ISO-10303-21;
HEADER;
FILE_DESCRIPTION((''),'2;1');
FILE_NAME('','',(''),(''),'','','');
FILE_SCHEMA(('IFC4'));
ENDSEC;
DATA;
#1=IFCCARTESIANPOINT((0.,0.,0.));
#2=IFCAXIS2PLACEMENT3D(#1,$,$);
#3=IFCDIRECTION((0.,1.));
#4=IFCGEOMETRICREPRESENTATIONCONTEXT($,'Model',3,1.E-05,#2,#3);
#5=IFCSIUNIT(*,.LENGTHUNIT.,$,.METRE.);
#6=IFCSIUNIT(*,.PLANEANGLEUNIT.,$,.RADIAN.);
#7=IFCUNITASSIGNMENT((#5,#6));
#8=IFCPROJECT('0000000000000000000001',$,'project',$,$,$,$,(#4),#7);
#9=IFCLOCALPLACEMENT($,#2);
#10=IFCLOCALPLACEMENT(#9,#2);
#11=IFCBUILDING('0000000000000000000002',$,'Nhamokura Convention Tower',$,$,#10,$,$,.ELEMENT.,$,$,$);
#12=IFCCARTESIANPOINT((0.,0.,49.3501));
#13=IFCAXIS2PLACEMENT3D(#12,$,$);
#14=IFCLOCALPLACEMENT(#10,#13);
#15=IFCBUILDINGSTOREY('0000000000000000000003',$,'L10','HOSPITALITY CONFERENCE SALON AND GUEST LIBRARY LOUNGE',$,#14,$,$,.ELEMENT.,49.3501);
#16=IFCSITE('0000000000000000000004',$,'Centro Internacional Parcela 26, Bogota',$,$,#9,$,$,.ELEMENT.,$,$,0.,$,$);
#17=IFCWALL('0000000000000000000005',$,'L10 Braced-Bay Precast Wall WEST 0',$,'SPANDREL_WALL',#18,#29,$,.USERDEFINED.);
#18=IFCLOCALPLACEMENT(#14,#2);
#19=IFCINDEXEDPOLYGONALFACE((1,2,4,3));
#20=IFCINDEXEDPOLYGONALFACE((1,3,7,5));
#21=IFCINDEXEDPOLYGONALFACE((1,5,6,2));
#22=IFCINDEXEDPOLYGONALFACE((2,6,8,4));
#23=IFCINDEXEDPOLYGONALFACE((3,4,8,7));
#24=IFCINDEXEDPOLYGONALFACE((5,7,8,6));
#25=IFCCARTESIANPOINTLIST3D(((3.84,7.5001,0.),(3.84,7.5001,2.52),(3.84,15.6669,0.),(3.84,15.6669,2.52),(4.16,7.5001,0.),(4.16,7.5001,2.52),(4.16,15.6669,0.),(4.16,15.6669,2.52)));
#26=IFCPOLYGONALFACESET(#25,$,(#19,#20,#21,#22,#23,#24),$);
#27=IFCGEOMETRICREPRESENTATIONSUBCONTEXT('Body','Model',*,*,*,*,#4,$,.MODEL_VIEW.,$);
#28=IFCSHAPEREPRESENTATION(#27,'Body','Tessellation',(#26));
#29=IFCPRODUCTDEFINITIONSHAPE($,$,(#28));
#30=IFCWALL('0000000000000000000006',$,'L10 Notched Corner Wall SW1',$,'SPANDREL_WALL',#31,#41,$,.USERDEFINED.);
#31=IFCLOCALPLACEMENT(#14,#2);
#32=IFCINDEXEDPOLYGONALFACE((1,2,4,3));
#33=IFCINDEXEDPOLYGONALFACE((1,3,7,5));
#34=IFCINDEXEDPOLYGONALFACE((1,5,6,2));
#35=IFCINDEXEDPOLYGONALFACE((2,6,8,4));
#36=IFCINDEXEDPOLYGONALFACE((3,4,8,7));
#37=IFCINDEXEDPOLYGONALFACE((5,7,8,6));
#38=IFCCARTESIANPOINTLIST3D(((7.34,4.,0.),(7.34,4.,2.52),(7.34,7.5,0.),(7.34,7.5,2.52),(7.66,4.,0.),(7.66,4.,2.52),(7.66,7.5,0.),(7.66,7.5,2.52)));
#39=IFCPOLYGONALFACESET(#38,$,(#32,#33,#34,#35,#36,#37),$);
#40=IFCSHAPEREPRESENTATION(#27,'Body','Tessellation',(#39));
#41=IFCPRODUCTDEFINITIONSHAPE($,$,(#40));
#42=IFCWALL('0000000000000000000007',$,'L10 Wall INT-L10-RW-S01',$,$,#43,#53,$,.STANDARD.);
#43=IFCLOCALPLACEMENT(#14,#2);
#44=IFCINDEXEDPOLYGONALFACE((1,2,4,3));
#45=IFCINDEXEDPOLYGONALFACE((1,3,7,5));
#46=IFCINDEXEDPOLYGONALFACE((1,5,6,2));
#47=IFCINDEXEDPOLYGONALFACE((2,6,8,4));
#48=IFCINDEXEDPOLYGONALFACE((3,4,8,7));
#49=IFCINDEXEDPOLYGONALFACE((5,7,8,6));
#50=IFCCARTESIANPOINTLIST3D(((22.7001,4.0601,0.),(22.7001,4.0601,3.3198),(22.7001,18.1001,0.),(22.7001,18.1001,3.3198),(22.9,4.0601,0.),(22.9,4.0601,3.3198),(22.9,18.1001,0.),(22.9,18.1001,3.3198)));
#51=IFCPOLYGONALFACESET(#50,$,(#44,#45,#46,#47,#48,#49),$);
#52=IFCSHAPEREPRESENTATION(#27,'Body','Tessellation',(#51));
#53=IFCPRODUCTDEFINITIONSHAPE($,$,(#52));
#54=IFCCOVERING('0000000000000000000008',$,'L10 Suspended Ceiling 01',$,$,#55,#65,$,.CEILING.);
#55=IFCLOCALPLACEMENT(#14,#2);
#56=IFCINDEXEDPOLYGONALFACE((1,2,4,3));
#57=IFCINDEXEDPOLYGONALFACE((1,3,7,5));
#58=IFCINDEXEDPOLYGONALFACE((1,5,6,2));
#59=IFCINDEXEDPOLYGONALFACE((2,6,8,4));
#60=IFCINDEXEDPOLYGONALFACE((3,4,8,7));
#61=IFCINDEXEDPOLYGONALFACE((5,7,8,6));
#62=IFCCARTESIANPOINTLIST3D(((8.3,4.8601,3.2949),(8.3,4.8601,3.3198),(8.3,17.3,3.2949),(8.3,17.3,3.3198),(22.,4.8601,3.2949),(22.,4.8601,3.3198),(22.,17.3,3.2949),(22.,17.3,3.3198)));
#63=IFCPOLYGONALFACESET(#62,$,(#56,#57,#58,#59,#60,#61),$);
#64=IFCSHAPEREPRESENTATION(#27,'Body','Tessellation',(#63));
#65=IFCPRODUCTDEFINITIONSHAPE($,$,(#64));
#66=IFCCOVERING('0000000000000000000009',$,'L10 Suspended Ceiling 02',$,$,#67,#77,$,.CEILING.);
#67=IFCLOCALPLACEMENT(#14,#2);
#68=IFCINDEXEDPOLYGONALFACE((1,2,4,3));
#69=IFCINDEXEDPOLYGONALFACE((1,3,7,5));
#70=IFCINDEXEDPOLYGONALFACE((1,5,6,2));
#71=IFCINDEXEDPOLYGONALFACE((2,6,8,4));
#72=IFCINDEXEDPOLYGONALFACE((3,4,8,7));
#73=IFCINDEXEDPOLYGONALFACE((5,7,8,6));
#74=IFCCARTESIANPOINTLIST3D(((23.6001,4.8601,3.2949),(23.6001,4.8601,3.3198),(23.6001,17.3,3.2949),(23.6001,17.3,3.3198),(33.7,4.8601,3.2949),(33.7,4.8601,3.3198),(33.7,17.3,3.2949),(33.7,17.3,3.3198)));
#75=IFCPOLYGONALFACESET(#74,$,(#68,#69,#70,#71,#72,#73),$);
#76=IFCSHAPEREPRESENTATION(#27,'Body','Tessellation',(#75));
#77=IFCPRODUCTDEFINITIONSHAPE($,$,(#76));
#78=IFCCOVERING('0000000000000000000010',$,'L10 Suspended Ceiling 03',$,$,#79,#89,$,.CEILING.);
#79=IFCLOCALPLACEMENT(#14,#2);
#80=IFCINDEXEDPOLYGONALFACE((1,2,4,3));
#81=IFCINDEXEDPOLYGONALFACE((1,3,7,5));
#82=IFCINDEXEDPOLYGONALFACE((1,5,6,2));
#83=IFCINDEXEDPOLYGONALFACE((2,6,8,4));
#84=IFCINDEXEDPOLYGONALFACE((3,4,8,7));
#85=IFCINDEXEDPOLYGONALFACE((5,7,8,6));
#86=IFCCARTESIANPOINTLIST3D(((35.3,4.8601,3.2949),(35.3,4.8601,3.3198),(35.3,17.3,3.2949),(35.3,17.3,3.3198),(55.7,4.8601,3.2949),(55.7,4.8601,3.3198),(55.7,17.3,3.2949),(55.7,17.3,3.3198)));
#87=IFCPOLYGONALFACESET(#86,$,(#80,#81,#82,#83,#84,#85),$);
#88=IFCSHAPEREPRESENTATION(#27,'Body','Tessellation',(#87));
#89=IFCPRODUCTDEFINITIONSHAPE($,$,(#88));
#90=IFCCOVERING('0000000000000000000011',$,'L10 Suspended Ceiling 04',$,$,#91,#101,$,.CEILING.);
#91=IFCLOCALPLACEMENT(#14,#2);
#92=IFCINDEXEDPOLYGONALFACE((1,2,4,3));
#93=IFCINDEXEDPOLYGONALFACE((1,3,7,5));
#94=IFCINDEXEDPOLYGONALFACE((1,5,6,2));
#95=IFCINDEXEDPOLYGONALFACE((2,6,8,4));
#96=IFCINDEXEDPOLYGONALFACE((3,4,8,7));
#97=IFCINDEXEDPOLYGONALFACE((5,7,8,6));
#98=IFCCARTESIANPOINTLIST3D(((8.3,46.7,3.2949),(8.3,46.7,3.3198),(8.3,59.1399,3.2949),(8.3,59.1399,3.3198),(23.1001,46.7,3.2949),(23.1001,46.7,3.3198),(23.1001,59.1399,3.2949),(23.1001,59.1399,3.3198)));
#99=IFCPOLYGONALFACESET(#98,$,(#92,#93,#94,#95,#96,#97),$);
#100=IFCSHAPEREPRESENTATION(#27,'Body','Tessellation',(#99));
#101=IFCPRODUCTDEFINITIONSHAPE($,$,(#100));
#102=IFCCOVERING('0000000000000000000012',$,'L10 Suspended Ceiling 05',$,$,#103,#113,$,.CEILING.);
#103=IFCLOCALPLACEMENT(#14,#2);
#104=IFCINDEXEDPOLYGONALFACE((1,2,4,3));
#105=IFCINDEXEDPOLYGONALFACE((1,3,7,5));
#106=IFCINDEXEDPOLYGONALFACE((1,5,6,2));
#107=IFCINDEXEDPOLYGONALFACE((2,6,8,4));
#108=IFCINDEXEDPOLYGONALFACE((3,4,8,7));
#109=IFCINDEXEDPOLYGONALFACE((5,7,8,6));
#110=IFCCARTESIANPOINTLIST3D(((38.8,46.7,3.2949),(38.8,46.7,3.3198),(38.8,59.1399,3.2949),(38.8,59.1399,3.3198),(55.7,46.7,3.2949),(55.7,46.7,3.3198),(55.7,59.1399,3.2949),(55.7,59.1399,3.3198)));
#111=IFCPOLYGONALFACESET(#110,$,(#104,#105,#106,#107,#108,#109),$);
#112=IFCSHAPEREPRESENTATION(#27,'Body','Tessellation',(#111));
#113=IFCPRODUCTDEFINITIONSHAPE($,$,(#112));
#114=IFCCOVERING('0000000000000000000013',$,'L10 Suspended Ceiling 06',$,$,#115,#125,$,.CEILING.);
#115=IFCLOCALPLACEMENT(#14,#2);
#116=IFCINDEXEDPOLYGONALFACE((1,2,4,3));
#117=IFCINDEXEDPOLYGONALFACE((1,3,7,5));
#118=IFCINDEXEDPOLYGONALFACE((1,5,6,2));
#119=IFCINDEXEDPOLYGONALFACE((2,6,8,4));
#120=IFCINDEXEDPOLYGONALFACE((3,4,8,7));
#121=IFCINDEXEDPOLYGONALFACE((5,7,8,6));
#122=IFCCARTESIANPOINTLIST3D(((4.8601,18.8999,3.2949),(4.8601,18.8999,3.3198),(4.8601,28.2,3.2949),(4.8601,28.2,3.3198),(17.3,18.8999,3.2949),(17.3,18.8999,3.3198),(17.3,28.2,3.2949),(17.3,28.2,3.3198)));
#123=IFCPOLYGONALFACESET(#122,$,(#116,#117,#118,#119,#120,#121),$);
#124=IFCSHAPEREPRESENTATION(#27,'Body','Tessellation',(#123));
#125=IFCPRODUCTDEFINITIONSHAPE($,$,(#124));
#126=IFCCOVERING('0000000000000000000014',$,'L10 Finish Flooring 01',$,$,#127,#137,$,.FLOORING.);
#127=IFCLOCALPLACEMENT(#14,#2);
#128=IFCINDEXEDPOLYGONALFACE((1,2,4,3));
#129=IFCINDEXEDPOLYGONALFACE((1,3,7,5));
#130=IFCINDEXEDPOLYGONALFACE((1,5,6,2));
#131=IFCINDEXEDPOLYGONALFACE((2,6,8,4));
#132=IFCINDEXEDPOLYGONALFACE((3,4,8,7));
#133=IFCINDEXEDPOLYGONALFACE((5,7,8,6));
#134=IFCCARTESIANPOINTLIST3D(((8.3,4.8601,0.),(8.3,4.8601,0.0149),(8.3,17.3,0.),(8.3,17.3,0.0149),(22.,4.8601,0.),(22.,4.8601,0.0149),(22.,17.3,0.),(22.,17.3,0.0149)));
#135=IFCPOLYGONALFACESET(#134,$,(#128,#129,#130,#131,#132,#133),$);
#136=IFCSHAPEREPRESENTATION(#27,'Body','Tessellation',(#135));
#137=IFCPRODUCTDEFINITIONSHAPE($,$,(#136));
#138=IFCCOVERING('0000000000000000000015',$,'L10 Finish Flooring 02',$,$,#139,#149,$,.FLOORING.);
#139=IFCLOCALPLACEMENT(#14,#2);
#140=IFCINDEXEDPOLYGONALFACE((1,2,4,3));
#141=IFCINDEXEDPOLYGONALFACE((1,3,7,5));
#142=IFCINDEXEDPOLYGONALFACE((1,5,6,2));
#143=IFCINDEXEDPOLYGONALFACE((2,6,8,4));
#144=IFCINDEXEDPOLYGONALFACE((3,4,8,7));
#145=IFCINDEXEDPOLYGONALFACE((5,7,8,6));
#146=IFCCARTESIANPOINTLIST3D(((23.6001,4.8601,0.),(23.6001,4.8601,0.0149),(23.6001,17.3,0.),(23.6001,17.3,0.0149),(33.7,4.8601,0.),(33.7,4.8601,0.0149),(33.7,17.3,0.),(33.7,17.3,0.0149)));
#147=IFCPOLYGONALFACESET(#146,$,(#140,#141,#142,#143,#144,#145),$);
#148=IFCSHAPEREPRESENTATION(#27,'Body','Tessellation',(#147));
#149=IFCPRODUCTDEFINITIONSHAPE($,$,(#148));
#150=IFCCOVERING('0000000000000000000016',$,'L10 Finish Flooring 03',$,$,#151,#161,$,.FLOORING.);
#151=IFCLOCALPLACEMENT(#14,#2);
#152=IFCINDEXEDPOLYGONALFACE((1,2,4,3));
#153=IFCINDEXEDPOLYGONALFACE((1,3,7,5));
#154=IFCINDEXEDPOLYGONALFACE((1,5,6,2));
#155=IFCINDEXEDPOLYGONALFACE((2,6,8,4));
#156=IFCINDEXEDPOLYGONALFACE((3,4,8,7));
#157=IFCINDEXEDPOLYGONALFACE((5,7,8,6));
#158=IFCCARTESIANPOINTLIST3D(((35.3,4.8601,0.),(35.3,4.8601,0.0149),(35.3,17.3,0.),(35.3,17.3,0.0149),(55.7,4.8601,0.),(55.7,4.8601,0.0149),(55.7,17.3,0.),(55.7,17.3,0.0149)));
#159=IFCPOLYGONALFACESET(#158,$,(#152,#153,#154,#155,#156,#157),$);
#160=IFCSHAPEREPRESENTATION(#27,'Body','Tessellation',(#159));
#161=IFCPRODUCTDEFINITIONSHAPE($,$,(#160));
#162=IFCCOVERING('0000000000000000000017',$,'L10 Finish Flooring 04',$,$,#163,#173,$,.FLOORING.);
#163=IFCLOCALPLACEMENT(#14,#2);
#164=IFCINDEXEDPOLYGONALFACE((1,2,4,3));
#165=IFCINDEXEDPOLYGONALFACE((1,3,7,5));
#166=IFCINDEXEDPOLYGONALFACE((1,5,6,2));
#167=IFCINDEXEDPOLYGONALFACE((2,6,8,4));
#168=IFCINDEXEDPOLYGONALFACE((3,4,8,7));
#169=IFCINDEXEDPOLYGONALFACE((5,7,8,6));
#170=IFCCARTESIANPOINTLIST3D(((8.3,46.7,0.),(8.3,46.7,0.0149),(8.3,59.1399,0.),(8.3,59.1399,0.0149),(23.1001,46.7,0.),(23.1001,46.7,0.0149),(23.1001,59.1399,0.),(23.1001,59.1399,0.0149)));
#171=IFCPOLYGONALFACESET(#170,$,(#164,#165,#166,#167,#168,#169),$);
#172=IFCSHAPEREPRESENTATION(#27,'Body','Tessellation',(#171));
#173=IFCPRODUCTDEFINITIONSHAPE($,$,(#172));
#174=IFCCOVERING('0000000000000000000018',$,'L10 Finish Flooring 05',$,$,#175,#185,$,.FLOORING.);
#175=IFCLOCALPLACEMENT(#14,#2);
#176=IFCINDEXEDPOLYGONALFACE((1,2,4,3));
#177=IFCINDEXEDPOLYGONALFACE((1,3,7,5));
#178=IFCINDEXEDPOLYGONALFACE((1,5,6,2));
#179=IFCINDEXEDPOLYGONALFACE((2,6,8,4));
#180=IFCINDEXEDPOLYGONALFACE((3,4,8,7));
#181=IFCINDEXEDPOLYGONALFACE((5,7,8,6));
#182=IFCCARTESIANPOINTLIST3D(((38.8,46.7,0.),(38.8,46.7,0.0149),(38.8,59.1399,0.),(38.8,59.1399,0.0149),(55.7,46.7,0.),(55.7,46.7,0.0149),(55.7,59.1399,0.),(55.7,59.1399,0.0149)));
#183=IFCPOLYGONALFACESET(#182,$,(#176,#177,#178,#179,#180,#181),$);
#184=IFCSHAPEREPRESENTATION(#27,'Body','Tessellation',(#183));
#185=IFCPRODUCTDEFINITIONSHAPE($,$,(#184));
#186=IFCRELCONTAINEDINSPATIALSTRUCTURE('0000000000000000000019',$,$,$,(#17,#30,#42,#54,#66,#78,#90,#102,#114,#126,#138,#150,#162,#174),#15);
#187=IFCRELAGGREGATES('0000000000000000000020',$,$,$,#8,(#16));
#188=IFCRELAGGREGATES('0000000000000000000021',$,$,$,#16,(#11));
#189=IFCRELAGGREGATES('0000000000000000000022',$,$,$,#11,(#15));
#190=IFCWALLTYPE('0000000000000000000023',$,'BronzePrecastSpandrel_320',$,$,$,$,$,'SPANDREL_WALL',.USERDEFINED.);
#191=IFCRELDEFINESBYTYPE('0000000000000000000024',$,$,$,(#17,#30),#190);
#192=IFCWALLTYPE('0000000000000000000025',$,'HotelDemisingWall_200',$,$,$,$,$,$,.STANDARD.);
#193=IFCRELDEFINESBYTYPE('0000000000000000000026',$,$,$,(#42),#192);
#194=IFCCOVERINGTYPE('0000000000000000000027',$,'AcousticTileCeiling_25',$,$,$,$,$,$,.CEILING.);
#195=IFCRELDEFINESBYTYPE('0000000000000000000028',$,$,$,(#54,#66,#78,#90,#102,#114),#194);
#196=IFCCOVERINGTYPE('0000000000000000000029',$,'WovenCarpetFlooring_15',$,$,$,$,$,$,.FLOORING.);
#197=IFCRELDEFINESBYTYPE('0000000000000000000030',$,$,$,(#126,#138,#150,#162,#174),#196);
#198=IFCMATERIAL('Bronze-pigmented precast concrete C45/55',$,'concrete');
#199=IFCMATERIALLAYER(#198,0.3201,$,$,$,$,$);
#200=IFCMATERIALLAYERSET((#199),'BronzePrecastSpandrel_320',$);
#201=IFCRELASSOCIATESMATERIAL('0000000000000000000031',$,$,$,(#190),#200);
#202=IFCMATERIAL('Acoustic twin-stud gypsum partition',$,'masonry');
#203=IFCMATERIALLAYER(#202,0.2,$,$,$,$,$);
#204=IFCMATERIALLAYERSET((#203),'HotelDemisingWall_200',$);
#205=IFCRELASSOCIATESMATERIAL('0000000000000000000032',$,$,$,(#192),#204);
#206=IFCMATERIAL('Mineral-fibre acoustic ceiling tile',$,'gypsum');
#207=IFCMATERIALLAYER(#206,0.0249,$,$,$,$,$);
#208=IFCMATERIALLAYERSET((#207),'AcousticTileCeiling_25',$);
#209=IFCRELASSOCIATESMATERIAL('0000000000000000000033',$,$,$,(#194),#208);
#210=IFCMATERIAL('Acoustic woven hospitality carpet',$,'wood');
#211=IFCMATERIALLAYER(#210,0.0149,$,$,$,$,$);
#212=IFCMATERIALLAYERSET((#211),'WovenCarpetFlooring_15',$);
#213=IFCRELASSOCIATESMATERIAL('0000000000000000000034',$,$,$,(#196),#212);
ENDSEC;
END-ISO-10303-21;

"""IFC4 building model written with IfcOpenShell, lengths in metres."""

from ifc_helpers import new_model, si_unit, direction, frame, frame_2d, origin, place, context, subcontext, project, spatial, polyline, rectangle, outline, extrude, material, layer, layer_set, type_object, element, save


model = new_model("IFC4")

# Units and contexts
model_context = context("Model", 3, precision=1e-05, world=origin(), true_north=direction((0.0, 1.0)))
body_context = subcontext(model_context, "Body", "Model", "MODEL_VIEW")
ifc_project = project(units=[si_unit("LENGTHUNIT", "METRE"), si_unit("PLANEANGLEUNIT", "RADIAN")], contexts=[model_context])

# Site, building, storey
site_placement = place(None, origin())
site = spatial("IfcSite", under=ifc_project, at=site_placement, Name="Centro Internacional Parcela 26, Bogota", CompositionType="ELEMENT", RefElevation=0.0)
building_placement = place(site_placement, origin())
building = spatial("IfcBuilding", under=site, at=building_placement, Name="Nhamokura Convention Tower", CompositionType="ELEMENT")
storey_placement = place(building_placement, frame((0.0, 0.0, 49.3501)))
storey = spatial("IfcBuildingStorey", under=building, at=storey_placement, Name="L10", Description="HOSPITALITY CONFERENCE SALON AND GUEST LIBRARY LOUNGE", CompositionType="ELEMENT", Elevation=49.3501)

# Shared definitions
ifc_material_1 = material(Name="Bronze-pigmented precast concrete C45/55", Category="concrete")
ifc_layer_1 = layer(ifc_material_1, 0.3201)
ifc_layer_set_1 = layer_set([ifc_layer_1], Name="BronzePrecastSpandrel_320")
wall_type_1 = type_object("IfcWallType", Name="BronzePrecastSpandrel_320", ElementType="SPANDREL_WALL", PredefinedType="USERDEFINED", material=ifc_layer_set_1)

# Walls
wall_1_placement = place(storey_placement, frame((4.0, 7.5, 0.0), z_axis=(0.0, 0.0, 1.0), x_axis=(0.0, 1.0, 0.0)))
element("IfcWall", 1, at=wall_1_placement, inside=storey, type_object=wall_type_1, Name="L10 Braced-Bay Precast Wall WEST 0", ObjectType="SPANDREL_WALL", PredefinedType="USERDEFINED", context=body_context, shape_type="SweptSolid", body=[
    extrude(rectangle(XDim=8.1667, YDim=0.3201, at=frame_2d((4.0835, 0.0))), origin(), (0.0, 0.0, 1.0), 2.52),
])
wall_2_placement = place(storey_placement, frame((7.5, 4.0, 0.0), z_axis=(0.0, 0.0, 1.0), x_axis=(0.0, 1.0, 0.0)))
element("IfcWall", 2, at=wall_2_placement, inside=storey, type_object=wall_type_1, Name="L10 Notched Corner Wall SW1", ObjectType="SPANDREL_WALL", PredefinedType="USERDEFINED", context=body_context, shape_type="SweptSolid", body=[
    extrude(rectangle(XDim=3.5, YDim=0.3201, at=frame_2d((1.75, 0.0))), origin(), (0.0, 0.0, 1.0), 2.52),
])
ifc_material_2 = material(Name="Acoustic twin-stud gypsum partition", Category="masonry")
ifc_layer_2 = layer(ifc_material_2, 0.2)
ifc_layer_set_2 = layer_set([ifc_layer_2], Name="HotelDemisingWall_200")
wall_type_2 = type_object("IfcWallType", Name="HotelDemisingWall_200", PredefinedType="STANDARD", material=ifc_layer_set_2)
wall_3_placement = place(storey_placement, frame((22.8, 4.0601, 0.0), z_axis=(0.0, 0.0, 1.0), x_axis=(0.0, 1.0, 0.0)))
element("IfcWall", 3, at=wall_3_placement, inside=storey, type_object=wall_type_2, Name="L10 Wall INT-L10-RW-S01", PredefinedType="STANDARD", context=body_context, shape_type="SweptSolid", body=[
    extrude(rectangle(XDim=14.04, YDim=0.2, at=frame_2d((7.02, 0.0))), origin(), (0.0, 0.0, 1.0), 3.3198),
])

# Coverings
ifc_material_3 = material(Name="Mineral-fibre acoustic ceiling tile", Category="gypsum")
ifc_layer_3 = layer(ifc_material_3, 0.0249)
ifc_layer_set_3 = layer_set([ifc_layer_3], Name="AcousticTileCeiling_25")
covering_type_1 = type_object("IfcCoveringType", Name="AcousticTileCeiling_25", PredefinedType="CEILING", material=ifc_layer_set_3)
covering_1_placement = place(storey_placement, frame((0.0, 0.0, 3.2949)))
element("IfcCovering", 4, at=covering_1_placement, inside=storey, type_object=covering_type_1, Name="L10 Suspended Ceiling 01", PredefinedType="CEILING", context=body_context, shape_type="SweptSolid", body=[
    extrude(outline(polyline([(8.3, 4.8601), (22.0, 4.8601), (22.0, 17.3), (8.3, 17.3), (8.3, 4.8601)])), origin(), (0.0, 0.0, 1.0), 0.0249),
])
covering_2_placement = place(storey_placement, frame((0.0, 0.0, 3.2949)))
element("IfcCovering", 5, at=covering_2_placement, inside=storey, type_object=covering_type_1, Name="L10 Suspended Ceiling 02", PredefinedType="CEILING", context=body_context, shape_type="SweptSolid", body=[
    extrude(outline(polyline([(23.6001, 4.8601), (33.7, 4.8601), (33.7, 17.3), (23.6001, 17.3), (23.6001, 4.8601)])), origin(), (0.0, 0.0, 1.0), 0.0249),
])
covering_3_placement = place(storey_placement, frame((0.0, 0.0, 3.2949)))
element("IfcCovering", 6, at=covering_3_placement, inside=storey, type_object=covering_type_1, Name="L10 Suspended Ceiling 03", PredefinedType="CEILING", context=body_context, shape_type="SweptSolid", body=[
    extrude(outline(polyline([(35.3, 4.8601), (55.7, 4.8601), (55.7, 17.3), (35.3, 17.3), (35.3, 4.8601)])), origin(), (0.0, 0.0, 1.0), 0.0249),
])
covering_4_placement = place(storey_placement, frame((0.0, 0.0, 3.2949)))
element("IfcCovering", 7, at=covering_4_placement, inside=storey, type_object=covering_type_1, Name="L10 Suspended Ceiling 04", PredefinedType="CEILING", context=body_context, shape_type="SweptSolid", body=[
    extrude(outline(polyline([(8.3, 46.7), (23.1001, 46.7), (23.1001, 59.1399), (8.3, 59.1399), (8.3, 46.7)])), origin(), (0.0, 0.0, 1.0), 0.0249),
])
covering_5_placement = place(storey_placement, frame((0.0, 0.0, 3.2949)))
element("IfcCovering", 8, at=covering_5_placement, inside=storey, type_object=covering_type_1, Name="L10 Suspended Ceiling 05", PredefinedType="CEILING", context=body_context, shape_type="SweptSolid", body=[
    extrude(outline(polyline([(38.8, 46.7), (55.7, 46.7), (55.7, 59.1399), (38.8, 59.1399), (38.8, 46.7)])), origin(), (0.0, 0.0, 1.0), 0.0249),
])
covering_6_placement = place(storey_placement, frame((0.0, 0.0, 3.2949)))
element("IfcCovering", 9, at=covering_6_placement, inside=storey, type_object=covering_type_1, Name="L10 Suspended Ceiling 06", PredefinedType="CEILING", context=body_context, shape_type="SweptSolid", body=[
    extrude(outline(polyline([(4.8601, 18.8999), (17.3, 18.8999), (17.3, 28.2), (4.8601, 28.2), (4.8601, 18.8999)])), origin(), (0.0, 0.0, 1.0), 0.0249),
])
ifc_material_4 = material(Name="Acoustic woven hospitality carpet", Category="wood")
ifc_layer_4 = layer(ifc_material_4, 0.0149)
ifc_layer_set_4 = layer_set([ifc_layer_4], Name="WovenCarpetFlooring_15")
covering_type_2 = type_object("IfcCoveringType", Name="WovenCarpetFlooring_15", PredefinedType="FLOORING", material=ifc_layer_set_4)
covering_7_placement = place(storey_placement, origin())
element("IfcCovering", 10, at=covering_7_placement, inside=storey, type_object=covering_type_2, Name="L10 Finish Flooring 01", PredefinedType="FLOORING", context=body_context, shape_type="SweptSolid", body=[
    extrude(outline(polyline([(8.3, 4.8601), (22.0, 4.8601), (22.0, 17.3), (8.3, 17.3), (8.3, 4.8601)])), origin(), (0.0, 0.0, 1.0), 0.0149),
])
covering_8_placement = place(storey_placement, origin())
element("IfcCovering", 11, at=covering_8_placement, inside=storey, type_object=covering_type_2, Name="L10 Finish Flooring 02", PredefinedType="FLOORING", context=body_context, shape_type="SweptSolid", body=[
    extrude(outline(polyline([(23.6001, 4.8601), (33.7, 4.8601), (33.7, 17.3), (23.6001, 17.3), (23.6001, 4.8601)])), origin(), (0.0, 0.0, 1.0), 0.0149),
])
covering_9_placement = place(storey_placement, origin())
element("IfcCovering", 12, at=covering_9_placement, inside=storey, type_object=covering_type_2, Name="L10 Finish Flooring 03", PredefinedType="FLOORING", context=body_context, shape_type="SweptSolid", body=[
    extrude(outline(polyline([(35.3, 4.8601), (55.7, 4.8601), (55.7, 17.3), (35.3, 17.3), (35.3, 4.8601)])), origin(), (0.0, 0.0, 1.0), 0.0149),
])
covering_10_placement = place(storey_placement, origin())
element("IfcCovering", 13, at=covering_10_placement, inside=storey, type_object=covering_type_2, Name="L10 Finish Flooring 04", PredefinedType="FLOORING", context=body_context, shape_type="SweptSolid", body=[
    extrude(outline(polyline([(8.3, 46.7), (23.1001, 46.7), (23.1001, 59.1399), (8.3, 59.1399), (8.3, 46.7)])), origin(), (0.0, 0.0, 1.0), 0.0149),
])
covering_11_placement = place(storey_placement, origin())
element("IfcCovering", 14, at=covering_11_placement, inside=storey, type_object=covering_type_2, Name="L10 Finish Flooring 05", PredefinedType="FLOORING", context=body_context, shape_type="SweptSolid", body=[
    extrude(outline(polyline([(38.8, 46.7), (55.7, 46.7), (55.7, 59.1399), (38.8, 59.1399), (38.8, 46.7)])), origin(), (0.0, 0.0, 1.0), 0.0149),
])

save(model, "model.ifc")
